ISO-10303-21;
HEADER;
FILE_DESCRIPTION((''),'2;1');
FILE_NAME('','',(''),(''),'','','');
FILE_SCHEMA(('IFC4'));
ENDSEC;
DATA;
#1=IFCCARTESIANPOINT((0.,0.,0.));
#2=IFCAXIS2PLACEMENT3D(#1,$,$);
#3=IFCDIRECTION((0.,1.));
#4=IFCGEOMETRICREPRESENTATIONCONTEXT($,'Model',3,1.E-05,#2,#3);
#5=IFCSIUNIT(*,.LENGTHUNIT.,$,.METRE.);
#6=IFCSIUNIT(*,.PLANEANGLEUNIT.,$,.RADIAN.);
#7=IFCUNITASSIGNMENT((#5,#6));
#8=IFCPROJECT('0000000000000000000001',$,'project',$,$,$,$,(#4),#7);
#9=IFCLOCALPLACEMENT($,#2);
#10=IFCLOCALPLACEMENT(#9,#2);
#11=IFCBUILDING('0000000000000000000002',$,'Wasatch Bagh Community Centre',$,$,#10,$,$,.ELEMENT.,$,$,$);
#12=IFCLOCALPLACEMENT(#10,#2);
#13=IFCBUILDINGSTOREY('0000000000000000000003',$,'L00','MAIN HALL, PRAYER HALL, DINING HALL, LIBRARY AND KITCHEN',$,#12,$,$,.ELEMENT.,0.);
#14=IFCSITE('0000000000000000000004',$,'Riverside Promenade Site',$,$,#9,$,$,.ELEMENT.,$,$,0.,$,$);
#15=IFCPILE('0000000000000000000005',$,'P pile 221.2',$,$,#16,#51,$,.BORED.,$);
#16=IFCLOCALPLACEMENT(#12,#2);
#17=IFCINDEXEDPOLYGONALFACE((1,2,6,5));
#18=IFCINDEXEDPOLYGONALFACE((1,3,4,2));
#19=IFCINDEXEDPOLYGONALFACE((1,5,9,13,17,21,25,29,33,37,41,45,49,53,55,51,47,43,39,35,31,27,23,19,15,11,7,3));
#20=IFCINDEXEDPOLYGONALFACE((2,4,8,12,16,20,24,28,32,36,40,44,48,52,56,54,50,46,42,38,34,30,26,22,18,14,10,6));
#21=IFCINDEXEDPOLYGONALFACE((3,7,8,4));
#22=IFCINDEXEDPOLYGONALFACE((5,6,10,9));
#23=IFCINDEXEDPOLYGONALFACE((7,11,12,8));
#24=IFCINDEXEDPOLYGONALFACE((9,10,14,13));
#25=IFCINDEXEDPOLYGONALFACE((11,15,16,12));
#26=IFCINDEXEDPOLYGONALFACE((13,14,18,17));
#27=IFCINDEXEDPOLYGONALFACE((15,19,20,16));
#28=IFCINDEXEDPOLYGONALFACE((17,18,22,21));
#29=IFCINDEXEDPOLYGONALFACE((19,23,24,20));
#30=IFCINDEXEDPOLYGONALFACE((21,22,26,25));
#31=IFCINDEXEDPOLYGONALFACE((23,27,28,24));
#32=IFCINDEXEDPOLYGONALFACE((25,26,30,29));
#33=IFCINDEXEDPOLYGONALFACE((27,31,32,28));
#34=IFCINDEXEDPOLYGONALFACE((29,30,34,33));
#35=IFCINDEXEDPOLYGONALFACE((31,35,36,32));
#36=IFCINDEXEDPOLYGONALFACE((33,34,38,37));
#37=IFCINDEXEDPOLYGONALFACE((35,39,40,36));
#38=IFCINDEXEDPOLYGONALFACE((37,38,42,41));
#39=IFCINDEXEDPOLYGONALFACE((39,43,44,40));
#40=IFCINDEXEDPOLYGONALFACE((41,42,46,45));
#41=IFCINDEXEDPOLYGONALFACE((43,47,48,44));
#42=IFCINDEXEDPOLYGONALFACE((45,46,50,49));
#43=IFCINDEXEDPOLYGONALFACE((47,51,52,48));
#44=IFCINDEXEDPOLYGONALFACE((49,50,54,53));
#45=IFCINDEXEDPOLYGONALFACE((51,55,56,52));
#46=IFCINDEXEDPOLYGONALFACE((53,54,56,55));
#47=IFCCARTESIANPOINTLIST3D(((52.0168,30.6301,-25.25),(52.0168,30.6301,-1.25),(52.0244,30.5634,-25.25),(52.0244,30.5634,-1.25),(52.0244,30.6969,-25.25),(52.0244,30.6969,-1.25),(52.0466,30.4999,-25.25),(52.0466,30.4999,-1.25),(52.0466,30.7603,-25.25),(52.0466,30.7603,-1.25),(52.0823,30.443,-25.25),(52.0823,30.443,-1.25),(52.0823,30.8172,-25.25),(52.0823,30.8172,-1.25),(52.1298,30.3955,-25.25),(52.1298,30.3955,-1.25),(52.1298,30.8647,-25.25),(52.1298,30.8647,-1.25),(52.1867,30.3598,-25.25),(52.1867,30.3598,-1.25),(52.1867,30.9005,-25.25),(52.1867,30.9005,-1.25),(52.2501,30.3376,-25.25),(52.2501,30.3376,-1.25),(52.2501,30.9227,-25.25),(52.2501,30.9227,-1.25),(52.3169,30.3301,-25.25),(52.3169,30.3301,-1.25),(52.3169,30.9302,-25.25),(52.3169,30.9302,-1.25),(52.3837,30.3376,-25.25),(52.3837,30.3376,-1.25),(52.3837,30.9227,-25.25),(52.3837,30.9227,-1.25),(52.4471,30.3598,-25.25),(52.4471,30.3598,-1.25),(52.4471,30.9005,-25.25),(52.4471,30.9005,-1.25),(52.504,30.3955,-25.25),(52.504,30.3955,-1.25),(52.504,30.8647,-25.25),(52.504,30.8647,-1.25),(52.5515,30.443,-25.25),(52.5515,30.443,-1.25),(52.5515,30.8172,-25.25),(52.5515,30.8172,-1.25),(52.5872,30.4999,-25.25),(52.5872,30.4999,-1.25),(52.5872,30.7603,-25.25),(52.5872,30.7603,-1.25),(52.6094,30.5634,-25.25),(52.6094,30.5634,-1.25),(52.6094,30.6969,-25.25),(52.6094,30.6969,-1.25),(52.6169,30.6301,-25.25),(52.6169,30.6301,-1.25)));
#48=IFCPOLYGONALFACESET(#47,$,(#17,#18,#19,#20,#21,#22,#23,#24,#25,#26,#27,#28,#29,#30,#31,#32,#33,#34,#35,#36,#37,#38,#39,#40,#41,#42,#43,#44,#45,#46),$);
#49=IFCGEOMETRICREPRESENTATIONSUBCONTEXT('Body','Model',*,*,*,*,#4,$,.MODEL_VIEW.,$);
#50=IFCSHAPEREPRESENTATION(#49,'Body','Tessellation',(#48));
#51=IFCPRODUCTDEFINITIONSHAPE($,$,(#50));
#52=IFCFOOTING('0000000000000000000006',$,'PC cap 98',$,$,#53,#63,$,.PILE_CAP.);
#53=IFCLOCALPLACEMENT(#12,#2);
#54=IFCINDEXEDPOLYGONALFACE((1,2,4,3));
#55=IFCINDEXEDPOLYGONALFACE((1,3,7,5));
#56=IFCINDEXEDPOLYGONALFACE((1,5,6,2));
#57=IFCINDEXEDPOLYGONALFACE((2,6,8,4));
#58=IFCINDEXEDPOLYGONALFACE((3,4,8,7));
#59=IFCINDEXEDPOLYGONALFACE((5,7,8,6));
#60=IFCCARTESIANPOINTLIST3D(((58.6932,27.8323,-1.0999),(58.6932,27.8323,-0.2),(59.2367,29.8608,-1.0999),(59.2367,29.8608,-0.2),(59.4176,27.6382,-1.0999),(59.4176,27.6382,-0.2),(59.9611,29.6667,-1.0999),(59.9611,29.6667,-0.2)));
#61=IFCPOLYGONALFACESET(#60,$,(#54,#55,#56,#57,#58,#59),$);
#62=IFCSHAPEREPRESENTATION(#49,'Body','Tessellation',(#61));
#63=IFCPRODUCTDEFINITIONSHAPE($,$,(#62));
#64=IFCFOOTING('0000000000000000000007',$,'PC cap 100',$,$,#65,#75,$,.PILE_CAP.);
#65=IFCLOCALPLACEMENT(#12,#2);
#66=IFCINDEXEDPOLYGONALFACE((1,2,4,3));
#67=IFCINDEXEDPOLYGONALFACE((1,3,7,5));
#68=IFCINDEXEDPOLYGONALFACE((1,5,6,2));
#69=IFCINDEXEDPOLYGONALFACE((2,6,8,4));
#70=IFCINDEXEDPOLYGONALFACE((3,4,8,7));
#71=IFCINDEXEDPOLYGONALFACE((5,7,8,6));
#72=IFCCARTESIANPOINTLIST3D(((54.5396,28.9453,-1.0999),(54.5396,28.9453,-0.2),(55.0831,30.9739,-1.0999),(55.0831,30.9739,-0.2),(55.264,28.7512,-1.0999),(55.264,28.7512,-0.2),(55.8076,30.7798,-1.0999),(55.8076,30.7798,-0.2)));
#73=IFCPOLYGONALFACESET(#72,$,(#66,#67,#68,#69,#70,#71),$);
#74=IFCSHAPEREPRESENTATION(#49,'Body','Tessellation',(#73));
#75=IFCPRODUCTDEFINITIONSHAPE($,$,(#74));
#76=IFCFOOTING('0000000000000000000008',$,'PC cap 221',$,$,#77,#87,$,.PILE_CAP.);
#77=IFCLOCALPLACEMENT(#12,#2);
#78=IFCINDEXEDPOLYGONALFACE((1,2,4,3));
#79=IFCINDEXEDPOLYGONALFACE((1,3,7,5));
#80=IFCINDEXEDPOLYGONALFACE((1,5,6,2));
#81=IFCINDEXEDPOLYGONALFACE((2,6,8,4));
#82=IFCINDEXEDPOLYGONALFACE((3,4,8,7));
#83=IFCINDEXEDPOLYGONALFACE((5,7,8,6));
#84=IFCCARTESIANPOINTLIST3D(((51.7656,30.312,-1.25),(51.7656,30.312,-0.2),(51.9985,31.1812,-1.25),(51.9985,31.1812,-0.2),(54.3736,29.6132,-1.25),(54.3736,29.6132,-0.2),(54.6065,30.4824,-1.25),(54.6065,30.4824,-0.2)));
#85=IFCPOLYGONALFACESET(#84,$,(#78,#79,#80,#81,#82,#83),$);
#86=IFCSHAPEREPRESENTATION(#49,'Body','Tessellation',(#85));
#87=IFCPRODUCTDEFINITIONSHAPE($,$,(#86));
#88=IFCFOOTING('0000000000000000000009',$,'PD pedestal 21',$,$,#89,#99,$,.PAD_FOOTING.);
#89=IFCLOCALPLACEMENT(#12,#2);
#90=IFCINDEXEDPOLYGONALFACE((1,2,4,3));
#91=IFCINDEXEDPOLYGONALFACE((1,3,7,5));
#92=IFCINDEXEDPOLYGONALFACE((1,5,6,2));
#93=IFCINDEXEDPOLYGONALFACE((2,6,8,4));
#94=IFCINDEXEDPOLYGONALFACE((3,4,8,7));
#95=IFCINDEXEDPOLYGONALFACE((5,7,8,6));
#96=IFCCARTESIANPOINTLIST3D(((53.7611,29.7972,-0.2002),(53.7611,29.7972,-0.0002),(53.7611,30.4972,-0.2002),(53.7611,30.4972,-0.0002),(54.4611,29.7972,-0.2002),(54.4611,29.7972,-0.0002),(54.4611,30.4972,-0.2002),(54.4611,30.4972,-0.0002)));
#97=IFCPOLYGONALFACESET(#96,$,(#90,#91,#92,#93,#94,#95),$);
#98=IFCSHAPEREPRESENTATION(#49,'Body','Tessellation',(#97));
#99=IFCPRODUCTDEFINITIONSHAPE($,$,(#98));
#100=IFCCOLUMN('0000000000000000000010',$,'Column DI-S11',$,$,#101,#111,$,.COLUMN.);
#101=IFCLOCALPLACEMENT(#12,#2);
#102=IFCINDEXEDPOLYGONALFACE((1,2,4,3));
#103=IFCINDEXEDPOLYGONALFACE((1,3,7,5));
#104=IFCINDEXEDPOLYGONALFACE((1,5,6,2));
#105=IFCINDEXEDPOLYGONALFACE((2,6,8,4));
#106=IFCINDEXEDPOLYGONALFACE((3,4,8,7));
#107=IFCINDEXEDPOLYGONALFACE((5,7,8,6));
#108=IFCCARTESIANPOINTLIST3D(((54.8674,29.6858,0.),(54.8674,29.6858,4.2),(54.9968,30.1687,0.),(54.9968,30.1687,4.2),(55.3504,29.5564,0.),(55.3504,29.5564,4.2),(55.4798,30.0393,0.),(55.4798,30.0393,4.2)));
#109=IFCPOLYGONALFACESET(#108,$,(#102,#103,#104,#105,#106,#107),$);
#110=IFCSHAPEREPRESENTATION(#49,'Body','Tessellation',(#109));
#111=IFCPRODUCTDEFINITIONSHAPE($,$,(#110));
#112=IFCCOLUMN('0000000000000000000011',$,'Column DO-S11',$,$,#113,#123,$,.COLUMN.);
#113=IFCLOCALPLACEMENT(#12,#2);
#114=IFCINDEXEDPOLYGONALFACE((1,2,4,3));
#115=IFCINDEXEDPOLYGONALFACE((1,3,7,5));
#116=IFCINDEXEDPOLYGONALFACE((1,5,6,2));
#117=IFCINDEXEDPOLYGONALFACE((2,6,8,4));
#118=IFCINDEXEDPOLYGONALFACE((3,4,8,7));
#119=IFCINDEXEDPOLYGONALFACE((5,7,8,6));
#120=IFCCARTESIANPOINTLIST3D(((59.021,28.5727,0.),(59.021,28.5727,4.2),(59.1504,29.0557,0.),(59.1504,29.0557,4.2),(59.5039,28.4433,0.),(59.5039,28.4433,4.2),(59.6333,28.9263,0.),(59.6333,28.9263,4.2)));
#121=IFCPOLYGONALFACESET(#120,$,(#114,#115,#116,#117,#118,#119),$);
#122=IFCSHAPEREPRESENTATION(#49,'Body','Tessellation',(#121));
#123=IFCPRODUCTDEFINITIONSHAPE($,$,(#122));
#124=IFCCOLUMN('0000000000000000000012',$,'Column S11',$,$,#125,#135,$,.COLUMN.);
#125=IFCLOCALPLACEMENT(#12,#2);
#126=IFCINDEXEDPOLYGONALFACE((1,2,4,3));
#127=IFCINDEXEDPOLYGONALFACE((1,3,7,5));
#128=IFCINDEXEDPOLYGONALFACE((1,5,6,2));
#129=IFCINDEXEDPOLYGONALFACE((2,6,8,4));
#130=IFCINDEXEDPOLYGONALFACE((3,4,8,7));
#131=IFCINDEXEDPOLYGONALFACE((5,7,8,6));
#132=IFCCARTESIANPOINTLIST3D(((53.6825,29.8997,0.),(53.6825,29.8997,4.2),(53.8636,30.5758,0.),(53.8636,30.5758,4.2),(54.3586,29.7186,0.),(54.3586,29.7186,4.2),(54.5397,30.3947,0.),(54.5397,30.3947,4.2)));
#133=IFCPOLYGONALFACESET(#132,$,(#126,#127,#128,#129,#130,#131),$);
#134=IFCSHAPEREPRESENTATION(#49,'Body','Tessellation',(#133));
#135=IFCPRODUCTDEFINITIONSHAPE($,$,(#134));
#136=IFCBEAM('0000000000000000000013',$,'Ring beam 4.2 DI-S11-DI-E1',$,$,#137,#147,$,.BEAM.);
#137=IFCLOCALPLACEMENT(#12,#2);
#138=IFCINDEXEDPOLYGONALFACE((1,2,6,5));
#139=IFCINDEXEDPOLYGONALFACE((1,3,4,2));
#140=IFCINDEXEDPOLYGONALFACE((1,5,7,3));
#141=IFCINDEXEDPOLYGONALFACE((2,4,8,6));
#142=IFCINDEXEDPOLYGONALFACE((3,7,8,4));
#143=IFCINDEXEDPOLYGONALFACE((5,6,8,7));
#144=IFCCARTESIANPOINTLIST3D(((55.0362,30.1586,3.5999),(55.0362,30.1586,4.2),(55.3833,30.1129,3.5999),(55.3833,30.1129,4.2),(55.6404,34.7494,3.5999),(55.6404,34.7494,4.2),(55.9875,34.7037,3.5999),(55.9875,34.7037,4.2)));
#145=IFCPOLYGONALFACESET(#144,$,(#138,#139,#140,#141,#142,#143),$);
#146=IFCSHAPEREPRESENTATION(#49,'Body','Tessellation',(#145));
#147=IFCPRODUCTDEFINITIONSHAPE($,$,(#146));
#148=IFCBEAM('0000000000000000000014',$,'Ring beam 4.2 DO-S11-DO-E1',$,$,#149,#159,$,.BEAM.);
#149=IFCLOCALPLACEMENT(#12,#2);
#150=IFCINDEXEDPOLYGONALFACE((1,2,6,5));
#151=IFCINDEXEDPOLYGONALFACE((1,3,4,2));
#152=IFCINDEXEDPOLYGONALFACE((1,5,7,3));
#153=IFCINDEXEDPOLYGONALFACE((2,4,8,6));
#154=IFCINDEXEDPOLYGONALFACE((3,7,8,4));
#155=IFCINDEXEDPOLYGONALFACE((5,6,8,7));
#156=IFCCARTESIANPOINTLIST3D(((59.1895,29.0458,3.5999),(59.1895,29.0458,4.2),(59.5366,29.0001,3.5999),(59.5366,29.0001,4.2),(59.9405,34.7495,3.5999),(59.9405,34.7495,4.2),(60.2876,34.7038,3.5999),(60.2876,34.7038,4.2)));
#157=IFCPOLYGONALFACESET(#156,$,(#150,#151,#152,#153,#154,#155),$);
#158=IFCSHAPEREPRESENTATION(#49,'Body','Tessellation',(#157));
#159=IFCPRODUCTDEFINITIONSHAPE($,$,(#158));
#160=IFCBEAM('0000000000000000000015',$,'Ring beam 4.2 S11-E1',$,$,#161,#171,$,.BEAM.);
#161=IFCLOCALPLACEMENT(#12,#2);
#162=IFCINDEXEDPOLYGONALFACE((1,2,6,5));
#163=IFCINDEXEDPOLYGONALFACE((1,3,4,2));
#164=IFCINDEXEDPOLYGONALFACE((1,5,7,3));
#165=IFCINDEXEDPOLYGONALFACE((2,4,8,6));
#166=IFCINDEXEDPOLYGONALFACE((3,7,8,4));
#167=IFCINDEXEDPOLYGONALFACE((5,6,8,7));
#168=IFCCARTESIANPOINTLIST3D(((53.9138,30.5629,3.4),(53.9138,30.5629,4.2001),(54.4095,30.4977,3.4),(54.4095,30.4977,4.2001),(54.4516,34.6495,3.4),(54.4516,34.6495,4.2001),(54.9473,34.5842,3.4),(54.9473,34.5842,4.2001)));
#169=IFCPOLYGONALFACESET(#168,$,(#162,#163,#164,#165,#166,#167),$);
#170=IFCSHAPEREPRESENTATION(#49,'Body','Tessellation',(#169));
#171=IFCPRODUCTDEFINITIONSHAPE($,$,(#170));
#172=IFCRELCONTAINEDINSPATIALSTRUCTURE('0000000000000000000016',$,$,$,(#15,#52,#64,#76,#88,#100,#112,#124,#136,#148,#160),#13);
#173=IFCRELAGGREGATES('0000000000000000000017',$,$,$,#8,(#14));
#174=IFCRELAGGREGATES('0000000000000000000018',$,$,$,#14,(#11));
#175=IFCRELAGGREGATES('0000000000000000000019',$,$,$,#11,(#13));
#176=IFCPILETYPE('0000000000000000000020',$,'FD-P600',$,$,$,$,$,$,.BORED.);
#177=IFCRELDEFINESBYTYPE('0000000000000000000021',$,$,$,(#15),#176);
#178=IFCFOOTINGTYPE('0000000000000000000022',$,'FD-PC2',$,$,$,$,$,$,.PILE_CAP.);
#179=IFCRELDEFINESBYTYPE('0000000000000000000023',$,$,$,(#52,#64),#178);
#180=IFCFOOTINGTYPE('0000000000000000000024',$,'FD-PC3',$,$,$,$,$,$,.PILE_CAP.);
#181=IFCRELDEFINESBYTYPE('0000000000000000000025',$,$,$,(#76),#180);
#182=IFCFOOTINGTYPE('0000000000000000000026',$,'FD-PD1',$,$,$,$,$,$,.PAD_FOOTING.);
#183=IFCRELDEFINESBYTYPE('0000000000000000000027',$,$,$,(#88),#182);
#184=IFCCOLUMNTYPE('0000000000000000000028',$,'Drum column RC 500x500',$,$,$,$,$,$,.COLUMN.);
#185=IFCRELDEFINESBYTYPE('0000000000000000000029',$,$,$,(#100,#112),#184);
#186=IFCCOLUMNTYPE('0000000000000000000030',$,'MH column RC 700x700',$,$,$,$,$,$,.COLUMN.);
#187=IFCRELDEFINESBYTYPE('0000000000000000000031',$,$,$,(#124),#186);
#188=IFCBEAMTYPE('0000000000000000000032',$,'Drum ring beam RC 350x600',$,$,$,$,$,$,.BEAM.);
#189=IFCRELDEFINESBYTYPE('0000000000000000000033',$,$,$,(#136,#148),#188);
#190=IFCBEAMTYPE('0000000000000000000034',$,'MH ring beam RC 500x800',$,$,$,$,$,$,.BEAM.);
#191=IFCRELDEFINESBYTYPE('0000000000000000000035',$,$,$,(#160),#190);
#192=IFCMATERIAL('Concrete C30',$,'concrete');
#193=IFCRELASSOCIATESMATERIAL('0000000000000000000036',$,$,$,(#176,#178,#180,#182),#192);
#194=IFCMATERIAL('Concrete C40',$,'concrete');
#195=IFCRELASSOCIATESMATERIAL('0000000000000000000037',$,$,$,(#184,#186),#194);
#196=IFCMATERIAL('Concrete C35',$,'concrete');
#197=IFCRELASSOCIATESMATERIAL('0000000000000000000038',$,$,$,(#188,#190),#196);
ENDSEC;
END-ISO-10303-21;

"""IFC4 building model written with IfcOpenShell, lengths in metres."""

from ifc_helpers import new_model, si_unit, direction, frame, origin, origin_2d, place, context, subcontext, project, spatial, rectangle, circle, extrude, material, material_profile, profile_set, type_object, element, save


model = new_model("IFC4")

# Units and contexts
model_context = context("Model", 3, precision=1e-05, world=origin(), true_north=direction((0.0, 1.0)))
body_context = subcontext(model_context, "Body", "Model", "MODEL_VIEW")
ifc_project = project(units=[si_unit("LENGTHUNIT", "METRE"), si_unit("PLANEANGLEUNIT", "RADIAN")], contexts=[model_context])

# Site, building, storey
site_placement = place(None, origin())
site = spatial("IfcSite", under=ifc_project, at=site_placement, Name="Riverside Promenade Site", CompositionType="ELEMENT", RefElevation=0.0)
building_placement = place(site_placement, origin())
building = spatial("IfcBuilding", under=site, at=building_placement, Name="Wasatch Bagh Community Centre", CompositionType="ELEMENT")
storey_placement = place(building_placement, origin())
storey = spatial("IfcBuildingStorey", under=building, at=storey_placement, Name="L00", Description="MAIN HALL, PRAYER HALL, DINING HALL, LIBRARY AND KITCHEN", CompositionType="ELEMENT", Elevation=0.0)

# Shared definitions
ifc_material_1 = material(Name="Concrete C35", Category="concrete")

# Pile
ifc_material_2 = material(Name="Concrete C30", Category="concrete")
ifc_material_profile_1 = material_profile(ifc_material_2, circle(Radius=0.3, at=origin_2d()), Name="RC D600")
ifc_profile_set_1 = profile_set([ifc_material_profile_1], Name="Concrete C30")
pile_type_1 = type_object("IfcPileType", Name="FD-P600", PredefinedType="BORED", material=ifc_profile_set_1)
for number, where, z_axis, x_axis, name in (
    (1, (52.3169, 30.6301, -1.25), (0.0, 0.0, -1.0), (1.0, 0.0, 0.0), "P pile 221.2"),
):
    element("IfcPile", number, at=place(storey_placement, frame(where, z_axis=z_axis, x_axis=x_axis)), inside=storey, type_object=pile_type_1, Name=name, PredefinedType="BORED", context=body_context, shape_type="SweptSolid", body=[
        extrude(circle(Radius=0.3, at=origin_2d()), origin(), (0.0, 0.0, 1.0), 24.0),
    ])

# Footings
footing_type_1 = type_object("IfcFootingType", Name="FD-PC2", PredefinedType="PILE_CAP", material=ifc_material_2)
for number, where, z_axis, x_axis, name in (
    (2, (59.3271, 28.7495, -1.0999), (0.0, 0.0, 1.0), (0.258819, 0.965926, 0.0), "PC cap 98"),
    (3, (55.1736, 29.8625, -1.0999), (0.0, 0.0, 1.0), (0.258819, 0.965926, 0.0), "PC cap 100"),
):
    element("IfcFooting", number, at=place(storey_placement, frame(where, z_axis=z_axis, x_axis=x_axis)), inside=storey, type_object=footing_type_1, Name=name, PredefinedType="PILE_CAP", context=body_context, shape_type="SweptSolid", body=[
        extrude(rectangle(XDim=2.1001, YDim=0.75, at=origin_2d()), origin(), (0.0, 0.0, 1.0), 0.8999),
    ])
footing_type_2 = type_object("IfcFootingType", Name="FD-PC3", PredefinedType="PILE_CAP", material=ifc_material_2)
footing_1_placement = place(storey_placement, frame((53.186, 30.3972, -1.25), z_axis=(0.0, 0.0, 1.0), x_axis=(-0.965926, 0.258819, 0.0)))
element("IfcFooting", 4, at=footing_1_placement, inside=storey, type_object=footing_type_2, Name="PC cap 221", PredefinedType="PILE_CAP", context=body_context, shape_type="SweptSolid", body=[
    extrude(rectangle(XDim=2.7, YDim=0.8999, at=origin_2d()), origin(), (0.0, 0.0, 1.0), 1.05),
])
footing_type_3 = type_object("IfcFootingType", Name="FD-PD1", PredefinedType="PAD_FOOTING", material=ifc_material_2)
footing_2_placement = place(storey_placement, frame((54.1111, 30.1472, -0.2002), z_axis=(0.0, 0.0, 1.0), x_axis=(1.0, 0.0, 0.0)))
element("IfcFooting", 5, at=footing_2_placement, inside=storey, type_object=footing_type_3, Name="PD pedestal 21", PredefinedType="PAD_FOOTING", context=body_context, shape_type="SweptSolid", body=[
    extrude(rectangle(XDim=0.7, YDim=0.7, at=origin_2d()), origin(), (0.0, 0.0, 1.0), 0.2),
])

# Columns
ifc_material_3 = material(Name="Concrete C40", Category="concrete")
ifc_material_profile_2 = material_profile(ifc_material_3, rectangle(XDim=0.5, YDim=0.5, at=origin_2d()), Name="RC 500x500")
ifc_profile_set_2 = profile_set([ifc_material_profile_2], Name="Concrete C40")
column_type_1 = type_object("IfcColumnType", Name="Drum column RC 500x500", PredefinedType="COLUMN", material=ifc_profile_set_2)
for number, where, z_axis, x_axis, name in (
    (6, (55.1736, 29.8625, 0.0), (0.0, 0.0, 1.0), (0.258819, 0.965926, 0.0), "Column DI-S11"),
    (7, (59.3271, 28.7495, 0.0), (0.0, 0.0, 1.0), (0.258819, 0.965926, 0.0), "Column DO-S11"),
):
    element("IfcColumn", number, at=place(storey_placement, frame(where, z_axis=z_axis, x_axis=x_axis)), inside=storey, type_object=column_type_1, Name=name, PredefinedType="COLUMN", context=body_context, shape_type="SweptSolid", body=[
        extrude(rectangle(XDim=0.5, YDim=0.5, at=origin_2d()), origin(), (0.0, 0.0, 1.0), 4.2),
    ])
ifc_material_profile_3 = material_profile(ifc_material_3, rectangle(XDim=0.7, YDim=0.7, at=origin_2d()), Name="RC 700x700")
ifc_profile_set_3 = profile_set([ifc_material_profile_3], Name="Concrete C40")
column_type_2 = type_object("IfcColumnType", Name="MH column RC 700x700", PredefinedType="COLUMN", material=ifc_profile_set_3)
column_placement = place(storey_placement, frame((54.1111, 30.1472, 0.0), z_axis=(0.0, 0.0, 1.0), x_axis=(0.258819, 0.965926, 0.0)))
element("IfcColumn", 8, at=column_placement, inside=storey, type_object=column_type_2, Name="Column S11", PredefinedType="COLUMN", context=body_context, shape_type="SweptSolid", body=[
    extrude(rectangle(XDim=0.7, YDim=0.7, at=origin_2d()), origin(), (0.0, 0.0, 1.0), 4.2),
])

# Beams
ifc_material_profile_4 = material_profile(ifc_material_1, rectangle(XDim=0.3501, YDim=0.6001, at=origin_2d()), Name="RC 350x600")
ifc_profile_set_4 = profile_set([ifc_material_profile_4], Name="Concrete C35")
beam_type_1 = type_object("IfcBeamType", Name="Drum ring beam RC 350x600", PredefinedType="BEAM", material=ifc_profile_set_4)
beam_1_placement = place(storey_placement, frame((55.2097, 30.1357, 3.8999), z_axis=(0.130495, 0.991449, 0.0), x_axis=(-0.991449, 0.130495, 0.0)))
element("IfcBeam", 9, at=beam_1_placement, inside=storey, type_object=beam_type_1, Name="Ring beam 4.2 DI-S11-DI-E1", PredefinedType="BEAM", context=body_context, shape_type="SweptSolid", body=[
    extrude(rectangle(XDim=0.3501, YDim=0.6001, at=origin_2d()), origin(), (0.0, 0.0, 1.0), 4.6304),
])
beam_2_placement = place(storey_placement, frame((59.363, 29.0229, 3.8999), z_axis=(0.13054, 0.991443, 0.0), x_axis=(-0.991443, 0.13054, 0.0)))
element("IfcBeam", 10, at=beam_2_placement, inside=storey, type_object=beam_type_1, Name="Ring beam 4.2 DO-S11-DO-E1", PredefinedType="BEAM", context=body_context, shape_type="SweptSolid", body=[
    extrude(rectangle(XDim=0.3501, YDim=0.6001, at=origin_2d()), origin(), (0.0, 0.0, 1.0), 5.7529),
])
ifc_material_profile_5 = material_profile(ifc_material_1, rectangle(XDim=0.5, YDim=0.8, at=origin_2d()), Name="RC 500x800")
ifc_profile_set_5 = profile_set([ifc_material_profile_5], Name="Concrete C35")
beam_type_2 = type_object("IfcBeamType", Name="MH ring beam RC 500x800", PredefinedType="BEAM", material=ifc_profile_set_5)
beam_3_placement = place(storey_placement, frame((54.1616, 30.5303, 3.8), z_axis=(0.130484, 0.99145, 0.0), x_axis=(-0.99145, 0.130484, 0.0)))
element("IfcBeam", 11, at=beam_3_placement, inside=storey, type_object=beam_type_2, Name="Ring beam 4.2 S11-E1", PredefinedType="BEAM", context=body_context, shape_type="SweptSolid", body=[
    extrude(rectangle(XDim=0.5, YDim=0.8, at=origin_2d()), origin(), (0.0, 0.0, 1.0), 4.1218),
])

save(model, "model.ifc")
